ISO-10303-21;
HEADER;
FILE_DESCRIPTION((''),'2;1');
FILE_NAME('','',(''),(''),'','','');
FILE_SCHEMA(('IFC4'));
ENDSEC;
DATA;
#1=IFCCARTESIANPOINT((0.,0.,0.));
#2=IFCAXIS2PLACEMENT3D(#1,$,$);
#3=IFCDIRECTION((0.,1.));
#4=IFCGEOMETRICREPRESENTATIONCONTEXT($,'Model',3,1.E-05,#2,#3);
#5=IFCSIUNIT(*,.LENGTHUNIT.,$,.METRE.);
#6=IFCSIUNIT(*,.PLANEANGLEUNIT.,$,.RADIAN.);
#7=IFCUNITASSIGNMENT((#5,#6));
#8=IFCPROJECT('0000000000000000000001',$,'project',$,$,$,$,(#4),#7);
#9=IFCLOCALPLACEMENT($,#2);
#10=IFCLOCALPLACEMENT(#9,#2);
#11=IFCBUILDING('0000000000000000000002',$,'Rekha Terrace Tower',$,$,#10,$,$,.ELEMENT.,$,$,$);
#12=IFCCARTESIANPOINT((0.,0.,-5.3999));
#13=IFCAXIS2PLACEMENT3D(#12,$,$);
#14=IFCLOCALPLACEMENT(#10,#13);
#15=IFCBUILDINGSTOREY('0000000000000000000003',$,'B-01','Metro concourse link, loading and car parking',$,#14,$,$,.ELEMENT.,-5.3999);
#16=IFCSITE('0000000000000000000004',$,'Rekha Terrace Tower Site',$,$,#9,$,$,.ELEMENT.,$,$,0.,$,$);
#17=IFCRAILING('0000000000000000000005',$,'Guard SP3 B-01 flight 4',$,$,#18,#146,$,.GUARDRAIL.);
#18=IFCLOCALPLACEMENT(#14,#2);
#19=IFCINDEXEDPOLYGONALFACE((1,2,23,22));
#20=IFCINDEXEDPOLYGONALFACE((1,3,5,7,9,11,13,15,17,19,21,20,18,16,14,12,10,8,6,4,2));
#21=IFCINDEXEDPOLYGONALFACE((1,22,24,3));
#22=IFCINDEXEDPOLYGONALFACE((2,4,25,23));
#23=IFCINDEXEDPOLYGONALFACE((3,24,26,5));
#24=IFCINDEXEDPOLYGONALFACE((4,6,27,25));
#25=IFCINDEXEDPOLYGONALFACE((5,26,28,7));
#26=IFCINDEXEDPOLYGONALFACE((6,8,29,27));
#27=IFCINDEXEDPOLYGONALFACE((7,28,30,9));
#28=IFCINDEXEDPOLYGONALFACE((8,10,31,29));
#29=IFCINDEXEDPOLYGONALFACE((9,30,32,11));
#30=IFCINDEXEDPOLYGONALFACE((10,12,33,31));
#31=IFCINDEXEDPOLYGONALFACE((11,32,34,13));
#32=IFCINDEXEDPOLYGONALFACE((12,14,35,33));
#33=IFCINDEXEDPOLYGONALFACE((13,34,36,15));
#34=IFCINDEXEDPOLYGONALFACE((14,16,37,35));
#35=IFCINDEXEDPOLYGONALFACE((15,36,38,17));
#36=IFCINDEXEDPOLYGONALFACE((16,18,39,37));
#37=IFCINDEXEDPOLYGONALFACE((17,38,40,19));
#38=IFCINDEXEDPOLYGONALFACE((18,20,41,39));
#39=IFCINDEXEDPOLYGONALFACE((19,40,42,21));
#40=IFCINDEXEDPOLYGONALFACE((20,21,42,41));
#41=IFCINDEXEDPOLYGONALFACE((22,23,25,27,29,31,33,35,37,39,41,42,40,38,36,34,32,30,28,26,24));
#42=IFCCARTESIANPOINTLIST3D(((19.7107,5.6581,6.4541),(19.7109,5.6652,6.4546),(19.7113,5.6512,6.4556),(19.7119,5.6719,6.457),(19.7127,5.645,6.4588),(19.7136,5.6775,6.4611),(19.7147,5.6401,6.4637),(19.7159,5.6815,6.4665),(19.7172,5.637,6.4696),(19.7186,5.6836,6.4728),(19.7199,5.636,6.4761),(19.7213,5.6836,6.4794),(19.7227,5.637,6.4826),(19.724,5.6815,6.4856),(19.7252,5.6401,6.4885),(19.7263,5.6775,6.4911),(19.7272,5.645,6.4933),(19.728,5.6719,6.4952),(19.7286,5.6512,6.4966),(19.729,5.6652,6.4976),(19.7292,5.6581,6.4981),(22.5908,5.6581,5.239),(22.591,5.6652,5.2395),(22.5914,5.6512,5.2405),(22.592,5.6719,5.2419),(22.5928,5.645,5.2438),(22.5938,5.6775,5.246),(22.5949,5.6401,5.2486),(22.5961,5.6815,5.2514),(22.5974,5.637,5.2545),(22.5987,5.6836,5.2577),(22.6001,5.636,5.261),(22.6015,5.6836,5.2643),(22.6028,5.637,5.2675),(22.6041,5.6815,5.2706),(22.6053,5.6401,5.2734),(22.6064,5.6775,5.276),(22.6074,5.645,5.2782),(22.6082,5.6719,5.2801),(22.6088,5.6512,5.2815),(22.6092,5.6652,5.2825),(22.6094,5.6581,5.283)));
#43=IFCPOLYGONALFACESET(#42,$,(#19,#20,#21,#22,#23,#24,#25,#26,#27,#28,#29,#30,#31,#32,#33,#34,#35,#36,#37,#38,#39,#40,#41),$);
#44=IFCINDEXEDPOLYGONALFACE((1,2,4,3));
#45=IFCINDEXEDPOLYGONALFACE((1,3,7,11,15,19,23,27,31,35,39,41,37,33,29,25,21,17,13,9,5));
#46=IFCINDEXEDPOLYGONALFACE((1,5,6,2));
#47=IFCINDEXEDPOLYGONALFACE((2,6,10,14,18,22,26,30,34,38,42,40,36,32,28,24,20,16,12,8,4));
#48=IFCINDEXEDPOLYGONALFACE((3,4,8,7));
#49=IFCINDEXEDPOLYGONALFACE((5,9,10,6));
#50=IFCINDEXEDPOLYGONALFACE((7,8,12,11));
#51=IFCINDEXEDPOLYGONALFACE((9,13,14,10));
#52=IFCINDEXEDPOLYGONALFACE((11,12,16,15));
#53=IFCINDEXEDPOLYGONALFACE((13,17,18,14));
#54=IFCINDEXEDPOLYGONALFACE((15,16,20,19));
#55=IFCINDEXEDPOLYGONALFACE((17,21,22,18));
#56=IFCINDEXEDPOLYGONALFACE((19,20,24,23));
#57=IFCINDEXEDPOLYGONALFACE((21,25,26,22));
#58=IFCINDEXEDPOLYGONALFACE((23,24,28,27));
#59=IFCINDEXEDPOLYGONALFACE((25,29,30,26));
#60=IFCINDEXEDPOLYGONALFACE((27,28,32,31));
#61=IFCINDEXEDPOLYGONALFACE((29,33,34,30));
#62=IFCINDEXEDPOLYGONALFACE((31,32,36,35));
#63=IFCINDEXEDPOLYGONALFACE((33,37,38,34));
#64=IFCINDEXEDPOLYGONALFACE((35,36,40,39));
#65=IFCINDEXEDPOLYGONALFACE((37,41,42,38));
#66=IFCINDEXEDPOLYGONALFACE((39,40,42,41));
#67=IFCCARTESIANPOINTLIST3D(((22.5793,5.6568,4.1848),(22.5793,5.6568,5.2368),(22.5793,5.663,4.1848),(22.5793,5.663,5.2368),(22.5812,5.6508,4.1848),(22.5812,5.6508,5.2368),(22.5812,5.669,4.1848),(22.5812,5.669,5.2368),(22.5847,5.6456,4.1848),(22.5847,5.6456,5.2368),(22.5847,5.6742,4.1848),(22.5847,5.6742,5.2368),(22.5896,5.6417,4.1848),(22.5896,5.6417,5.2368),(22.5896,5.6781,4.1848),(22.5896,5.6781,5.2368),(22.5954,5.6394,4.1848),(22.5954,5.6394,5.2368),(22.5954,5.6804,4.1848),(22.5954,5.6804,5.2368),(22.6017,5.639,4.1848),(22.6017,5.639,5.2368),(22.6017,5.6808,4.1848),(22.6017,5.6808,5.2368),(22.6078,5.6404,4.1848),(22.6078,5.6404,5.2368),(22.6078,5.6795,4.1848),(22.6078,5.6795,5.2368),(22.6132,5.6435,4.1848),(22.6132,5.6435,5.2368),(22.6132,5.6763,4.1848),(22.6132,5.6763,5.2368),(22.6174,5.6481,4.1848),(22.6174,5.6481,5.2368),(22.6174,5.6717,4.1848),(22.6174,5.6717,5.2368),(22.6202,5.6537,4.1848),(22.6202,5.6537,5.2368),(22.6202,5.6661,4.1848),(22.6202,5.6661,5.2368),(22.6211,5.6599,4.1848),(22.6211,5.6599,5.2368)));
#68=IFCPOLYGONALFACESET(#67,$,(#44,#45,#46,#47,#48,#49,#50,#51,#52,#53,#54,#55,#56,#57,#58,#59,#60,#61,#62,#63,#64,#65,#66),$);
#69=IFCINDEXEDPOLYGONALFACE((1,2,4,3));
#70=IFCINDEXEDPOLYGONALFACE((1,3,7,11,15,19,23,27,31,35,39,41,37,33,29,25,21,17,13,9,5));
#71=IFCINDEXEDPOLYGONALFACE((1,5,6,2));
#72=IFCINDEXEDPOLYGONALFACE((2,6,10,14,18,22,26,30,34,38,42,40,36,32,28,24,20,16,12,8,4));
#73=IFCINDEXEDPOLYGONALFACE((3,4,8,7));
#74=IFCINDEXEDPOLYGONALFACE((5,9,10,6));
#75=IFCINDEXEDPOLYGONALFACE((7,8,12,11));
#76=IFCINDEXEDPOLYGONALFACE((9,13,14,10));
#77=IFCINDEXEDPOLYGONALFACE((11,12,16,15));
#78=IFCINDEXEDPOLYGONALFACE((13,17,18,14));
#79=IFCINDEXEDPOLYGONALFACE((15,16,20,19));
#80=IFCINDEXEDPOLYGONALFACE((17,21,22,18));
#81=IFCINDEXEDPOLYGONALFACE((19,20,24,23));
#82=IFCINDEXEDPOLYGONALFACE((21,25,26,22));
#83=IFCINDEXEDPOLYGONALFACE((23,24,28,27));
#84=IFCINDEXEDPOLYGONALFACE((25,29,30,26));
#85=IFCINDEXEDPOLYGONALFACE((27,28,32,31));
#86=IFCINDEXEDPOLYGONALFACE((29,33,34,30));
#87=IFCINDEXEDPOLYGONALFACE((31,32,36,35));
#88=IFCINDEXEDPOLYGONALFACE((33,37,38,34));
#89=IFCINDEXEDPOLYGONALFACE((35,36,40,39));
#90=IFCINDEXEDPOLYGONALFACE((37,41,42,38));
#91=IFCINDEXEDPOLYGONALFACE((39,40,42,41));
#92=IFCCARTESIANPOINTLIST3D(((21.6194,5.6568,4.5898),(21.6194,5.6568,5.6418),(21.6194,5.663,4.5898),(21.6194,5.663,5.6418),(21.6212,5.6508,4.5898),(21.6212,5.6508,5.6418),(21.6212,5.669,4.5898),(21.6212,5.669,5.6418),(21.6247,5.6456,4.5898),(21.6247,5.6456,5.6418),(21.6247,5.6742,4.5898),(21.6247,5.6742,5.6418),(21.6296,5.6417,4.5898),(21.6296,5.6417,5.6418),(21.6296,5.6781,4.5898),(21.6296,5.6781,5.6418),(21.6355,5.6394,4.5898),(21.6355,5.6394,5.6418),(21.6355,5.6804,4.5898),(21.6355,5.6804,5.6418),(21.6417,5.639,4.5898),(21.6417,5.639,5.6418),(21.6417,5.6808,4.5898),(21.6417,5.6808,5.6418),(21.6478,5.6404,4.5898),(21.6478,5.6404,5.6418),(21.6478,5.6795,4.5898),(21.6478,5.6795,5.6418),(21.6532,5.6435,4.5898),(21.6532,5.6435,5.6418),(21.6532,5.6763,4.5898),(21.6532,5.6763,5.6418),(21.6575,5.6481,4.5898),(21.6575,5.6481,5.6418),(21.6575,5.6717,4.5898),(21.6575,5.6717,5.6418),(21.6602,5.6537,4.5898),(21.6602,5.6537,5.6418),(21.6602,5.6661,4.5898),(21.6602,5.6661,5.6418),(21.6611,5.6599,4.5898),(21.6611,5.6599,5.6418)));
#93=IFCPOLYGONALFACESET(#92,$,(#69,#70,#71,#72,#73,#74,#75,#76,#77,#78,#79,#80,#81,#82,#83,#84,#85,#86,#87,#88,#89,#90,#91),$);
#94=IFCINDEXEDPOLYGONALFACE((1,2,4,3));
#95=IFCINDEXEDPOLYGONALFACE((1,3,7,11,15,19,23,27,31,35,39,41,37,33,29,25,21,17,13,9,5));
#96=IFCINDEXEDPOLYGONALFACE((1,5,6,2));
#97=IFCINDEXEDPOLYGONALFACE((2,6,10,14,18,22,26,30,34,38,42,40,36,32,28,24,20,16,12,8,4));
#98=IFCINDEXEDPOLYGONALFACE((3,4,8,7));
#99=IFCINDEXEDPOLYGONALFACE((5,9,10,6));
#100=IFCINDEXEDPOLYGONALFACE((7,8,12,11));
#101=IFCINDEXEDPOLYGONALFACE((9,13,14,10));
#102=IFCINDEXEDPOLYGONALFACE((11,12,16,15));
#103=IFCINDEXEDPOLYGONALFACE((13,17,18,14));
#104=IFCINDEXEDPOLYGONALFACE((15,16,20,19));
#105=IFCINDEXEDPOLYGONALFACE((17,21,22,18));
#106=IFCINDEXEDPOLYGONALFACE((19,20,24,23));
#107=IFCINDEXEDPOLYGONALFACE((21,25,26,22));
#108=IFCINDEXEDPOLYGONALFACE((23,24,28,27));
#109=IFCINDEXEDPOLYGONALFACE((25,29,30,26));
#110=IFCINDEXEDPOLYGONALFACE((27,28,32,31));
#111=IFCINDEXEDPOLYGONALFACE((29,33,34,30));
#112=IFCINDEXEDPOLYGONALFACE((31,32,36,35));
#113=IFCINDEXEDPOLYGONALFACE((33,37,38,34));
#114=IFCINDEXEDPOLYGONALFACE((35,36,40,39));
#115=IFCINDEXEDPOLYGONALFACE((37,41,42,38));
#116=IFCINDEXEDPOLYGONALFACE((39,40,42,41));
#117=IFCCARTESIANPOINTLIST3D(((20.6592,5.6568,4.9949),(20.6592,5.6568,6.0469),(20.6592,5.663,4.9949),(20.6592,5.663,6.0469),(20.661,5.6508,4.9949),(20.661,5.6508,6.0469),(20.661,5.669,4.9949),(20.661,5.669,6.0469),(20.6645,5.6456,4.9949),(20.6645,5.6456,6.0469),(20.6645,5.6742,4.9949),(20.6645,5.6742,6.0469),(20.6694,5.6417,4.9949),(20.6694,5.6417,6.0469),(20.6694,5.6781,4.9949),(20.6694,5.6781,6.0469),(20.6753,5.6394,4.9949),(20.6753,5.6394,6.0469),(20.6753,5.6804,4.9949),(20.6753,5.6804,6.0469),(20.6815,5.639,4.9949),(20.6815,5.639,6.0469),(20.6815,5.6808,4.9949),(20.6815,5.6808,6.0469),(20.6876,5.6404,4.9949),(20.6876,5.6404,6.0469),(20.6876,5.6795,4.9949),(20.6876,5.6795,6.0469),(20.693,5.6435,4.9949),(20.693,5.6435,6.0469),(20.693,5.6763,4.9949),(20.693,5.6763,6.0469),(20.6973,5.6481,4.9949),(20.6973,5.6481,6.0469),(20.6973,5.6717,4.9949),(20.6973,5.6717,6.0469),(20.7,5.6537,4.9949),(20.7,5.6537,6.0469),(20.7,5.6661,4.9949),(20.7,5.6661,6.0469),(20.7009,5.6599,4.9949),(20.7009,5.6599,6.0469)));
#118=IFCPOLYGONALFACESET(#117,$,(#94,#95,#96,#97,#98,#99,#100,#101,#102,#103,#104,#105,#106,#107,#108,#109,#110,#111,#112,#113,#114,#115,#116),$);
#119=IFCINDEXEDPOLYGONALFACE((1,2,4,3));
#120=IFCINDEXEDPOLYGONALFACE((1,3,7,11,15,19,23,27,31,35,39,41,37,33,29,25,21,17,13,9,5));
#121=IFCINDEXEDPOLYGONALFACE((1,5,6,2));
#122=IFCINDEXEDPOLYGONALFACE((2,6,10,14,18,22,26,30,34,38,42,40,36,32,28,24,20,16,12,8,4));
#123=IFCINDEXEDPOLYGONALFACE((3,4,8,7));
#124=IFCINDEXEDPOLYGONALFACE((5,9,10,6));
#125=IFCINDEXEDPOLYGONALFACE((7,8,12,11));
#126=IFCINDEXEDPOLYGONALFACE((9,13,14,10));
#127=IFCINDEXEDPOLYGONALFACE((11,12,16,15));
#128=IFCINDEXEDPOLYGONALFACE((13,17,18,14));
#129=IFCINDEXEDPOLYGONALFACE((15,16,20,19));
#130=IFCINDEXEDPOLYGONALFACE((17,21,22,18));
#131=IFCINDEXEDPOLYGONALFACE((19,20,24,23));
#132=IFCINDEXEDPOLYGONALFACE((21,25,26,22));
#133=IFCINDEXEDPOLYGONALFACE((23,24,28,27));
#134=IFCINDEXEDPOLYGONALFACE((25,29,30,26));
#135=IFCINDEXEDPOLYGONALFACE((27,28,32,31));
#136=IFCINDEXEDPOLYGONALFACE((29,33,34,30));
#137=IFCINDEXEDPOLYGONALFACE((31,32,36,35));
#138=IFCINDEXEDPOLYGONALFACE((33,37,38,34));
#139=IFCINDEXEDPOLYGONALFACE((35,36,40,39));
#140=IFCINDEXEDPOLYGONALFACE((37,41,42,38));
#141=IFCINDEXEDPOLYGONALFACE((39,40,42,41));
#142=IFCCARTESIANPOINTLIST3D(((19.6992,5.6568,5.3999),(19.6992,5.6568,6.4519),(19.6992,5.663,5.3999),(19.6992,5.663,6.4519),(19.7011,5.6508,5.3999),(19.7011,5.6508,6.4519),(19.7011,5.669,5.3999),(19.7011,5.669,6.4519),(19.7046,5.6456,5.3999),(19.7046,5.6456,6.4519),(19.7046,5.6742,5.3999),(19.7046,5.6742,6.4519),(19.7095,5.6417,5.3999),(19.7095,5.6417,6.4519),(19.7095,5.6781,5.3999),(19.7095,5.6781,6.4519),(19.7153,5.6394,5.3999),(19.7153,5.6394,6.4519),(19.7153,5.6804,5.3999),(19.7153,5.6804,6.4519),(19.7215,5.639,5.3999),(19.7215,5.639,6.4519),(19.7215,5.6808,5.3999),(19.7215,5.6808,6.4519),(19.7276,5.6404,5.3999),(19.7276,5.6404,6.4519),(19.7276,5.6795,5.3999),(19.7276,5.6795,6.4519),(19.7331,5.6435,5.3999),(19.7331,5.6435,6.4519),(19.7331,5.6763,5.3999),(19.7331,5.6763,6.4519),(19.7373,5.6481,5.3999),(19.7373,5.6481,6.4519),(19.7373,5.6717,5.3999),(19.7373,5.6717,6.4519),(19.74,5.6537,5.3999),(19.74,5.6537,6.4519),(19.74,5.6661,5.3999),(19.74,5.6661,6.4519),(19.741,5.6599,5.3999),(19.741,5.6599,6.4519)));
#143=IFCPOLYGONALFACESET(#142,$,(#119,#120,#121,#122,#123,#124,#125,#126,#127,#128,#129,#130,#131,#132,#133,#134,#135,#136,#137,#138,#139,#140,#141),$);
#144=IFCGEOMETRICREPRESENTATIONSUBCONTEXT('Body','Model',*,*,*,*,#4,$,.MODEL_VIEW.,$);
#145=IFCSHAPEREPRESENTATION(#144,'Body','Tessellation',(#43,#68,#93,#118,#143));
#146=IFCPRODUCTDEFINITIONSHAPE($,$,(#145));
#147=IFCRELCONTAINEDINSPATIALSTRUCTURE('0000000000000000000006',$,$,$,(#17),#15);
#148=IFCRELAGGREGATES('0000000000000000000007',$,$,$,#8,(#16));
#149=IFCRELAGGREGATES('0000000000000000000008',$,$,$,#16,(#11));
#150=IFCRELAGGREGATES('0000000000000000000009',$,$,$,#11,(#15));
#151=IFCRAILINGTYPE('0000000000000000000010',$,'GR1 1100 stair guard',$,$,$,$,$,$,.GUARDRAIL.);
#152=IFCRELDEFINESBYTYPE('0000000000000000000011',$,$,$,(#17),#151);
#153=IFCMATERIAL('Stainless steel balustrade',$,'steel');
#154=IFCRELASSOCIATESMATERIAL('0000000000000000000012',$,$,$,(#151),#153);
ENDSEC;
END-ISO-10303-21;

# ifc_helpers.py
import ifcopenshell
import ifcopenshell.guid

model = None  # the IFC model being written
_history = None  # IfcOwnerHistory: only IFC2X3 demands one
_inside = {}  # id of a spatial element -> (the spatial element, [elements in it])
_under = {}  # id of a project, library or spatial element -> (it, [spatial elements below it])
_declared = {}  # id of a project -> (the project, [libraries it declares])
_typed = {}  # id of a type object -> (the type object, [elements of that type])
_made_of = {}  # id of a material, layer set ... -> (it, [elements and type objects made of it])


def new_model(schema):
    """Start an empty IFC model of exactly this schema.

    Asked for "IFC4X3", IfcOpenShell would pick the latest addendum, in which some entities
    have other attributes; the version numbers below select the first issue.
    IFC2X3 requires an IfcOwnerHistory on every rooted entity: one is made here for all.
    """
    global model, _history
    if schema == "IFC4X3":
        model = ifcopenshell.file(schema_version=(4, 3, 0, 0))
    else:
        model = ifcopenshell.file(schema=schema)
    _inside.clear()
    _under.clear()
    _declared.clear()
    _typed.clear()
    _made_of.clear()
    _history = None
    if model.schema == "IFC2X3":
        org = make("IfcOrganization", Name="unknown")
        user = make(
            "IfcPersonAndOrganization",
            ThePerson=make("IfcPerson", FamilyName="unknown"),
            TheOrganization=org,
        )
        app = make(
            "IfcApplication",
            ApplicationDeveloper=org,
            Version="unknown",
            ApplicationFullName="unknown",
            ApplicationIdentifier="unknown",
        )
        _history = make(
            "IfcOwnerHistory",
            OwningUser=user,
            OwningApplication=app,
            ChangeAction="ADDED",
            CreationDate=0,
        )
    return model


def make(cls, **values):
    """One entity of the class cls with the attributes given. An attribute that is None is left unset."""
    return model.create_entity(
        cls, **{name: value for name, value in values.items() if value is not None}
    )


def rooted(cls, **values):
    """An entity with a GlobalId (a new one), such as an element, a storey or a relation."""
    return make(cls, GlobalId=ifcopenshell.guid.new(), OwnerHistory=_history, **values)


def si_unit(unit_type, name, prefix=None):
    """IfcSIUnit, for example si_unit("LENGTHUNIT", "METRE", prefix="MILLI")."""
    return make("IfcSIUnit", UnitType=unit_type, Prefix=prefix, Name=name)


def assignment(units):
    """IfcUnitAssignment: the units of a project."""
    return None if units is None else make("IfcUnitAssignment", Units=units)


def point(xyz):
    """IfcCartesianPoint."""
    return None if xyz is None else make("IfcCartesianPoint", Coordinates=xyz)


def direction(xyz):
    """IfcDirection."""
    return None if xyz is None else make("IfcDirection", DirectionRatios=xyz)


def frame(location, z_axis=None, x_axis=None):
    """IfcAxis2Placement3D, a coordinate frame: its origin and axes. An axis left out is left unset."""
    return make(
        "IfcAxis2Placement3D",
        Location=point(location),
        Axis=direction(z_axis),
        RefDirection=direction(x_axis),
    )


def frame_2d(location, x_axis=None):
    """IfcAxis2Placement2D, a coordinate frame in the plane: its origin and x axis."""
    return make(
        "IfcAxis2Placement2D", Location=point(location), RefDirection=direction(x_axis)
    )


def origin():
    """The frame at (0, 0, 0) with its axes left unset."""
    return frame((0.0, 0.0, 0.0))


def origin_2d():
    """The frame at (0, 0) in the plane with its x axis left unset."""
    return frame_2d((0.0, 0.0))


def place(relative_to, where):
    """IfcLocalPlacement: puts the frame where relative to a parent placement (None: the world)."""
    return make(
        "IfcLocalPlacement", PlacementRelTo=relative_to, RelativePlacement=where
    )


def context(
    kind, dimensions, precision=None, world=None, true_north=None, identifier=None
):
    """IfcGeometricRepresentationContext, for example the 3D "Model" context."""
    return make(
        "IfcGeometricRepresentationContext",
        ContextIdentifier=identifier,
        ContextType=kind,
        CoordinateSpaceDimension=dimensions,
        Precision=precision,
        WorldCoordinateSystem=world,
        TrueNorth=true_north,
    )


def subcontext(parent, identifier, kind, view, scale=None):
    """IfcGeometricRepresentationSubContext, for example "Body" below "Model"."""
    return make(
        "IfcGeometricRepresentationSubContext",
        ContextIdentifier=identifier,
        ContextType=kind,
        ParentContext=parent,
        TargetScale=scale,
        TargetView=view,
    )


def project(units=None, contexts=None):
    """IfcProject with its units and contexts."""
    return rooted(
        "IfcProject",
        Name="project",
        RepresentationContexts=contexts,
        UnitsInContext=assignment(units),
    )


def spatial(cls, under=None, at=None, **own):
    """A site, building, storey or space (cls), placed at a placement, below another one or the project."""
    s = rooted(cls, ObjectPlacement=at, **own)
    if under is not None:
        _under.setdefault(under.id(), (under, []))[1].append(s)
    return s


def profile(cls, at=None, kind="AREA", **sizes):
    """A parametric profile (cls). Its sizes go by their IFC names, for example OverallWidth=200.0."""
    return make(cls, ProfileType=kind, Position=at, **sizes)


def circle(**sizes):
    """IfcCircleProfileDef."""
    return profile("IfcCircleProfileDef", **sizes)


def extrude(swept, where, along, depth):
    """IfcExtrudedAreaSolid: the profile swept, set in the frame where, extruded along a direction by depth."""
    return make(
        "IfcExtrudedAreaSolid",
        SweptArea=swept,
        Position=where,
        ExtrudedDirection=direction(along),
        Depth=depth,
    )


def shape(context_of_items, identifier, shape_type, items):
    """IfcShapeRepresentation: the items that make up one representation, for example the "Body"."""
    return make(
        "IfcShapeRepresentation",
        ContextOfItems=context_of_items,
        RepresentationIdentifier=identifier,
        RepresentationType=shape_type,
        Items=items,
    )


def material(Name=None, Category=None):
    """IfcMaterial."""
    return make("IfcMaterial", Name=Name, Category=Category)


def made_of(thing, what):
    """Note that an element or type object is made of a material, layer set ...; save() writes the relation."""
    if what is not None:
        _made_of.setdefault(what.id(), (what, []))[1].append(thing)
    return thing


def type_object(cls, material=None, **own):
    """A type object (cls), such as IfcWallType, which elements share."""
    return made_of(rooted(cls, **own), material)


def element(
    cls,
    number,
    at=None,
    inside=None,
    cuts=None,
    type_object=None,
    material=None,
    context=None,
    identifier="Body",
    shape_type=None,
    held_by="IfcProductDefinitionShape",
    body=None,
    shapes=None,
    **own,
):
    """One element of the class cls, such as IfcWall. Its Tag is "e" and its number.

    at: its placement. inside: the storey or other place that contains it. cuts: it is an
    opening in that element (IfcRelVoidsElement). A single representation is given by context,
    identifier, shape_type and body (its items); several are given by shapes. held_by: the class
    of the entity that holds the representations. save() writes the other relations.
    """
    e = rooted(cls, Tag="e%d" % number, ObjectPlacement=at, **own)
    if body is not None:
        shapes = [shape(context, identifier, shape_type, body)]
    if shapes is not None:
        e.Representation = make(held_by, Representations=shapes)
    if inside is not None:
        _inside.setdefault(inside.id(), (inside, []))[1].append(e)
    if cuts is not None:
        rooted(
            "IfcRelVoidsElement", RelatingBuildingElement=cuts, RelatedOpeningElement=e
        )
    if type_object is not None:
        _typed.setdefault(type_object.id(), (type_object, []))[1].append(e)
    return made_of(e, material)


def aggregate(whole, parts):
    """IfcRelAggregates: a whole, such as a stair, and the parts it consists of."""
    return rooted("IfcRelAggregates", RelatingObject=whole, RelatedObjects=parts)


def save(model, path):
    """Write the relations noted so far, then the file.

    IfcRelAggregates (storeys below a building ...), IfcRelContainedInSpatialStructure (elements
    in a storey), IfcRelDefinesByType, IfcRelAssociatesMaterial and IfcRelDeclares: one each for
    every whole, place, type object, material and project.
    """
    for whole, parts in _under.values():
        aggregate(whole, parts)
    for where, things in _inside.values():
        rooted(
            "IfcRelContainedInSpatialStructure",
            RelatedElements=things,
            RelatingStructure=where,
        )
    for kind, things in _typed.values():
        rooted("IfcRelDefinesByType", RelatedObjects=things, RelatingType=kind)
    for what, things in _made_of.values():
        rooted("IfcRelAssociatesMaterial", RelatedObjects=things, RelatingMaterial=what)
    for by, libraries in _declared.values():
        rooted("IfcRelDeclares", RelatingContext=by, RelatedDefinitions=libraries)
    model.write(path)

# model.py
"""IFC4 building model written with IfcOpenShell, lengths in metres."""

from ifc_helpers import new_model, si_unit, direction, frame, origin, origin_2d, place, context, subcontext, project, spatial, circle, extrude, material, type_object, element, save


model = new_model("IFC4")

# Units and contexts
model_context = context("Model", 3, precision=1e-05, world=origin(), true_north=direction((0.0, 1.0)))
body_context = subcontext(model_context, "Body", "Model", "MODEL_VIEW")
ifc_project = project(units=[si_unit("LENGTHUNIT", "METRE"), si_unit("PLANEANGLEUNIT", "RADIAN")], contexts=[model_context])

# Site, building, storey
site_placement = place(None, origin())
site = spatial("IfcSite", under=ifc_project, at=site_placement, Name="Rekha Terrace Tower Site", CompositionType="ELEMENT", RefElevation=0.0)
building_placement = place(site_placement, origin())
building = spatial("IfcBuilding", under=site, at=building_placement, Name="Rekha Terrace Tower", CompositionType="ELEMENT")
storey_placement = place(building_placement, frame((0.0, 0.0, -5.3999)))
storey = spatial("IfcBuildingStorey", under=building, at=storey_placement, Name="B-01", Description="Metro concourse link, loading and car parking", CompositionType="ELEMENT", Elevation=-5.3999)

# Railing
ifc_material_1 = material(Name="Stainless steel balustrade", Category="steel")
railing_type_1 = type_object("IfcRailingType", Name="GR1 1100 stair guard", PredefinedType="GUARDRAIL", material=ifc_material_1)
railing_1_placement = place(storey_placement, frame((22.6001, 5.6599, 4.1848)))
element("IfcRailing", 1, at=railing_1_placement, inside=storey, type_object=railing_type_1, Name="Guard SP3 B-01 flight 4", PredefinedType="GUARDRAIL", context=body_context, shape_type="SweptSolid", body=[
    extrude(circle(Radius=0.0239, at=origin_2d()), frame((0.0, 0.0, 1.0762), z_axis=(-0.92136, 0.0, 0.38871), x_axis=(0.0, -1.0, 0.0)), (0.0, 0.0, 1.0), 3.126),
    extrude(circle(Radius=0.021, at=origin_2d()), origin(), (0.0, 0.0, 1.0), 1.052),
    extrude(circle(Radius=0.021, at=origin_2d()), frame((-0.96, 0.0, 0.405)), (0.0, 0.0, 1.0), 1.052),
    extrude(circle(Radius=0.021, at=origin_2d()), frame((-1.9202, 0.0, 0.8101)), (0.0, 0.0, 1.0), 1.052),
    extrude(circle(Radius=0.021, at=origin_2d()), frame((-2.8801, 0.0, 1.2151)), (0.0, 0.0, 1.0), 1.052),
])

save(model, "model.ifc")
